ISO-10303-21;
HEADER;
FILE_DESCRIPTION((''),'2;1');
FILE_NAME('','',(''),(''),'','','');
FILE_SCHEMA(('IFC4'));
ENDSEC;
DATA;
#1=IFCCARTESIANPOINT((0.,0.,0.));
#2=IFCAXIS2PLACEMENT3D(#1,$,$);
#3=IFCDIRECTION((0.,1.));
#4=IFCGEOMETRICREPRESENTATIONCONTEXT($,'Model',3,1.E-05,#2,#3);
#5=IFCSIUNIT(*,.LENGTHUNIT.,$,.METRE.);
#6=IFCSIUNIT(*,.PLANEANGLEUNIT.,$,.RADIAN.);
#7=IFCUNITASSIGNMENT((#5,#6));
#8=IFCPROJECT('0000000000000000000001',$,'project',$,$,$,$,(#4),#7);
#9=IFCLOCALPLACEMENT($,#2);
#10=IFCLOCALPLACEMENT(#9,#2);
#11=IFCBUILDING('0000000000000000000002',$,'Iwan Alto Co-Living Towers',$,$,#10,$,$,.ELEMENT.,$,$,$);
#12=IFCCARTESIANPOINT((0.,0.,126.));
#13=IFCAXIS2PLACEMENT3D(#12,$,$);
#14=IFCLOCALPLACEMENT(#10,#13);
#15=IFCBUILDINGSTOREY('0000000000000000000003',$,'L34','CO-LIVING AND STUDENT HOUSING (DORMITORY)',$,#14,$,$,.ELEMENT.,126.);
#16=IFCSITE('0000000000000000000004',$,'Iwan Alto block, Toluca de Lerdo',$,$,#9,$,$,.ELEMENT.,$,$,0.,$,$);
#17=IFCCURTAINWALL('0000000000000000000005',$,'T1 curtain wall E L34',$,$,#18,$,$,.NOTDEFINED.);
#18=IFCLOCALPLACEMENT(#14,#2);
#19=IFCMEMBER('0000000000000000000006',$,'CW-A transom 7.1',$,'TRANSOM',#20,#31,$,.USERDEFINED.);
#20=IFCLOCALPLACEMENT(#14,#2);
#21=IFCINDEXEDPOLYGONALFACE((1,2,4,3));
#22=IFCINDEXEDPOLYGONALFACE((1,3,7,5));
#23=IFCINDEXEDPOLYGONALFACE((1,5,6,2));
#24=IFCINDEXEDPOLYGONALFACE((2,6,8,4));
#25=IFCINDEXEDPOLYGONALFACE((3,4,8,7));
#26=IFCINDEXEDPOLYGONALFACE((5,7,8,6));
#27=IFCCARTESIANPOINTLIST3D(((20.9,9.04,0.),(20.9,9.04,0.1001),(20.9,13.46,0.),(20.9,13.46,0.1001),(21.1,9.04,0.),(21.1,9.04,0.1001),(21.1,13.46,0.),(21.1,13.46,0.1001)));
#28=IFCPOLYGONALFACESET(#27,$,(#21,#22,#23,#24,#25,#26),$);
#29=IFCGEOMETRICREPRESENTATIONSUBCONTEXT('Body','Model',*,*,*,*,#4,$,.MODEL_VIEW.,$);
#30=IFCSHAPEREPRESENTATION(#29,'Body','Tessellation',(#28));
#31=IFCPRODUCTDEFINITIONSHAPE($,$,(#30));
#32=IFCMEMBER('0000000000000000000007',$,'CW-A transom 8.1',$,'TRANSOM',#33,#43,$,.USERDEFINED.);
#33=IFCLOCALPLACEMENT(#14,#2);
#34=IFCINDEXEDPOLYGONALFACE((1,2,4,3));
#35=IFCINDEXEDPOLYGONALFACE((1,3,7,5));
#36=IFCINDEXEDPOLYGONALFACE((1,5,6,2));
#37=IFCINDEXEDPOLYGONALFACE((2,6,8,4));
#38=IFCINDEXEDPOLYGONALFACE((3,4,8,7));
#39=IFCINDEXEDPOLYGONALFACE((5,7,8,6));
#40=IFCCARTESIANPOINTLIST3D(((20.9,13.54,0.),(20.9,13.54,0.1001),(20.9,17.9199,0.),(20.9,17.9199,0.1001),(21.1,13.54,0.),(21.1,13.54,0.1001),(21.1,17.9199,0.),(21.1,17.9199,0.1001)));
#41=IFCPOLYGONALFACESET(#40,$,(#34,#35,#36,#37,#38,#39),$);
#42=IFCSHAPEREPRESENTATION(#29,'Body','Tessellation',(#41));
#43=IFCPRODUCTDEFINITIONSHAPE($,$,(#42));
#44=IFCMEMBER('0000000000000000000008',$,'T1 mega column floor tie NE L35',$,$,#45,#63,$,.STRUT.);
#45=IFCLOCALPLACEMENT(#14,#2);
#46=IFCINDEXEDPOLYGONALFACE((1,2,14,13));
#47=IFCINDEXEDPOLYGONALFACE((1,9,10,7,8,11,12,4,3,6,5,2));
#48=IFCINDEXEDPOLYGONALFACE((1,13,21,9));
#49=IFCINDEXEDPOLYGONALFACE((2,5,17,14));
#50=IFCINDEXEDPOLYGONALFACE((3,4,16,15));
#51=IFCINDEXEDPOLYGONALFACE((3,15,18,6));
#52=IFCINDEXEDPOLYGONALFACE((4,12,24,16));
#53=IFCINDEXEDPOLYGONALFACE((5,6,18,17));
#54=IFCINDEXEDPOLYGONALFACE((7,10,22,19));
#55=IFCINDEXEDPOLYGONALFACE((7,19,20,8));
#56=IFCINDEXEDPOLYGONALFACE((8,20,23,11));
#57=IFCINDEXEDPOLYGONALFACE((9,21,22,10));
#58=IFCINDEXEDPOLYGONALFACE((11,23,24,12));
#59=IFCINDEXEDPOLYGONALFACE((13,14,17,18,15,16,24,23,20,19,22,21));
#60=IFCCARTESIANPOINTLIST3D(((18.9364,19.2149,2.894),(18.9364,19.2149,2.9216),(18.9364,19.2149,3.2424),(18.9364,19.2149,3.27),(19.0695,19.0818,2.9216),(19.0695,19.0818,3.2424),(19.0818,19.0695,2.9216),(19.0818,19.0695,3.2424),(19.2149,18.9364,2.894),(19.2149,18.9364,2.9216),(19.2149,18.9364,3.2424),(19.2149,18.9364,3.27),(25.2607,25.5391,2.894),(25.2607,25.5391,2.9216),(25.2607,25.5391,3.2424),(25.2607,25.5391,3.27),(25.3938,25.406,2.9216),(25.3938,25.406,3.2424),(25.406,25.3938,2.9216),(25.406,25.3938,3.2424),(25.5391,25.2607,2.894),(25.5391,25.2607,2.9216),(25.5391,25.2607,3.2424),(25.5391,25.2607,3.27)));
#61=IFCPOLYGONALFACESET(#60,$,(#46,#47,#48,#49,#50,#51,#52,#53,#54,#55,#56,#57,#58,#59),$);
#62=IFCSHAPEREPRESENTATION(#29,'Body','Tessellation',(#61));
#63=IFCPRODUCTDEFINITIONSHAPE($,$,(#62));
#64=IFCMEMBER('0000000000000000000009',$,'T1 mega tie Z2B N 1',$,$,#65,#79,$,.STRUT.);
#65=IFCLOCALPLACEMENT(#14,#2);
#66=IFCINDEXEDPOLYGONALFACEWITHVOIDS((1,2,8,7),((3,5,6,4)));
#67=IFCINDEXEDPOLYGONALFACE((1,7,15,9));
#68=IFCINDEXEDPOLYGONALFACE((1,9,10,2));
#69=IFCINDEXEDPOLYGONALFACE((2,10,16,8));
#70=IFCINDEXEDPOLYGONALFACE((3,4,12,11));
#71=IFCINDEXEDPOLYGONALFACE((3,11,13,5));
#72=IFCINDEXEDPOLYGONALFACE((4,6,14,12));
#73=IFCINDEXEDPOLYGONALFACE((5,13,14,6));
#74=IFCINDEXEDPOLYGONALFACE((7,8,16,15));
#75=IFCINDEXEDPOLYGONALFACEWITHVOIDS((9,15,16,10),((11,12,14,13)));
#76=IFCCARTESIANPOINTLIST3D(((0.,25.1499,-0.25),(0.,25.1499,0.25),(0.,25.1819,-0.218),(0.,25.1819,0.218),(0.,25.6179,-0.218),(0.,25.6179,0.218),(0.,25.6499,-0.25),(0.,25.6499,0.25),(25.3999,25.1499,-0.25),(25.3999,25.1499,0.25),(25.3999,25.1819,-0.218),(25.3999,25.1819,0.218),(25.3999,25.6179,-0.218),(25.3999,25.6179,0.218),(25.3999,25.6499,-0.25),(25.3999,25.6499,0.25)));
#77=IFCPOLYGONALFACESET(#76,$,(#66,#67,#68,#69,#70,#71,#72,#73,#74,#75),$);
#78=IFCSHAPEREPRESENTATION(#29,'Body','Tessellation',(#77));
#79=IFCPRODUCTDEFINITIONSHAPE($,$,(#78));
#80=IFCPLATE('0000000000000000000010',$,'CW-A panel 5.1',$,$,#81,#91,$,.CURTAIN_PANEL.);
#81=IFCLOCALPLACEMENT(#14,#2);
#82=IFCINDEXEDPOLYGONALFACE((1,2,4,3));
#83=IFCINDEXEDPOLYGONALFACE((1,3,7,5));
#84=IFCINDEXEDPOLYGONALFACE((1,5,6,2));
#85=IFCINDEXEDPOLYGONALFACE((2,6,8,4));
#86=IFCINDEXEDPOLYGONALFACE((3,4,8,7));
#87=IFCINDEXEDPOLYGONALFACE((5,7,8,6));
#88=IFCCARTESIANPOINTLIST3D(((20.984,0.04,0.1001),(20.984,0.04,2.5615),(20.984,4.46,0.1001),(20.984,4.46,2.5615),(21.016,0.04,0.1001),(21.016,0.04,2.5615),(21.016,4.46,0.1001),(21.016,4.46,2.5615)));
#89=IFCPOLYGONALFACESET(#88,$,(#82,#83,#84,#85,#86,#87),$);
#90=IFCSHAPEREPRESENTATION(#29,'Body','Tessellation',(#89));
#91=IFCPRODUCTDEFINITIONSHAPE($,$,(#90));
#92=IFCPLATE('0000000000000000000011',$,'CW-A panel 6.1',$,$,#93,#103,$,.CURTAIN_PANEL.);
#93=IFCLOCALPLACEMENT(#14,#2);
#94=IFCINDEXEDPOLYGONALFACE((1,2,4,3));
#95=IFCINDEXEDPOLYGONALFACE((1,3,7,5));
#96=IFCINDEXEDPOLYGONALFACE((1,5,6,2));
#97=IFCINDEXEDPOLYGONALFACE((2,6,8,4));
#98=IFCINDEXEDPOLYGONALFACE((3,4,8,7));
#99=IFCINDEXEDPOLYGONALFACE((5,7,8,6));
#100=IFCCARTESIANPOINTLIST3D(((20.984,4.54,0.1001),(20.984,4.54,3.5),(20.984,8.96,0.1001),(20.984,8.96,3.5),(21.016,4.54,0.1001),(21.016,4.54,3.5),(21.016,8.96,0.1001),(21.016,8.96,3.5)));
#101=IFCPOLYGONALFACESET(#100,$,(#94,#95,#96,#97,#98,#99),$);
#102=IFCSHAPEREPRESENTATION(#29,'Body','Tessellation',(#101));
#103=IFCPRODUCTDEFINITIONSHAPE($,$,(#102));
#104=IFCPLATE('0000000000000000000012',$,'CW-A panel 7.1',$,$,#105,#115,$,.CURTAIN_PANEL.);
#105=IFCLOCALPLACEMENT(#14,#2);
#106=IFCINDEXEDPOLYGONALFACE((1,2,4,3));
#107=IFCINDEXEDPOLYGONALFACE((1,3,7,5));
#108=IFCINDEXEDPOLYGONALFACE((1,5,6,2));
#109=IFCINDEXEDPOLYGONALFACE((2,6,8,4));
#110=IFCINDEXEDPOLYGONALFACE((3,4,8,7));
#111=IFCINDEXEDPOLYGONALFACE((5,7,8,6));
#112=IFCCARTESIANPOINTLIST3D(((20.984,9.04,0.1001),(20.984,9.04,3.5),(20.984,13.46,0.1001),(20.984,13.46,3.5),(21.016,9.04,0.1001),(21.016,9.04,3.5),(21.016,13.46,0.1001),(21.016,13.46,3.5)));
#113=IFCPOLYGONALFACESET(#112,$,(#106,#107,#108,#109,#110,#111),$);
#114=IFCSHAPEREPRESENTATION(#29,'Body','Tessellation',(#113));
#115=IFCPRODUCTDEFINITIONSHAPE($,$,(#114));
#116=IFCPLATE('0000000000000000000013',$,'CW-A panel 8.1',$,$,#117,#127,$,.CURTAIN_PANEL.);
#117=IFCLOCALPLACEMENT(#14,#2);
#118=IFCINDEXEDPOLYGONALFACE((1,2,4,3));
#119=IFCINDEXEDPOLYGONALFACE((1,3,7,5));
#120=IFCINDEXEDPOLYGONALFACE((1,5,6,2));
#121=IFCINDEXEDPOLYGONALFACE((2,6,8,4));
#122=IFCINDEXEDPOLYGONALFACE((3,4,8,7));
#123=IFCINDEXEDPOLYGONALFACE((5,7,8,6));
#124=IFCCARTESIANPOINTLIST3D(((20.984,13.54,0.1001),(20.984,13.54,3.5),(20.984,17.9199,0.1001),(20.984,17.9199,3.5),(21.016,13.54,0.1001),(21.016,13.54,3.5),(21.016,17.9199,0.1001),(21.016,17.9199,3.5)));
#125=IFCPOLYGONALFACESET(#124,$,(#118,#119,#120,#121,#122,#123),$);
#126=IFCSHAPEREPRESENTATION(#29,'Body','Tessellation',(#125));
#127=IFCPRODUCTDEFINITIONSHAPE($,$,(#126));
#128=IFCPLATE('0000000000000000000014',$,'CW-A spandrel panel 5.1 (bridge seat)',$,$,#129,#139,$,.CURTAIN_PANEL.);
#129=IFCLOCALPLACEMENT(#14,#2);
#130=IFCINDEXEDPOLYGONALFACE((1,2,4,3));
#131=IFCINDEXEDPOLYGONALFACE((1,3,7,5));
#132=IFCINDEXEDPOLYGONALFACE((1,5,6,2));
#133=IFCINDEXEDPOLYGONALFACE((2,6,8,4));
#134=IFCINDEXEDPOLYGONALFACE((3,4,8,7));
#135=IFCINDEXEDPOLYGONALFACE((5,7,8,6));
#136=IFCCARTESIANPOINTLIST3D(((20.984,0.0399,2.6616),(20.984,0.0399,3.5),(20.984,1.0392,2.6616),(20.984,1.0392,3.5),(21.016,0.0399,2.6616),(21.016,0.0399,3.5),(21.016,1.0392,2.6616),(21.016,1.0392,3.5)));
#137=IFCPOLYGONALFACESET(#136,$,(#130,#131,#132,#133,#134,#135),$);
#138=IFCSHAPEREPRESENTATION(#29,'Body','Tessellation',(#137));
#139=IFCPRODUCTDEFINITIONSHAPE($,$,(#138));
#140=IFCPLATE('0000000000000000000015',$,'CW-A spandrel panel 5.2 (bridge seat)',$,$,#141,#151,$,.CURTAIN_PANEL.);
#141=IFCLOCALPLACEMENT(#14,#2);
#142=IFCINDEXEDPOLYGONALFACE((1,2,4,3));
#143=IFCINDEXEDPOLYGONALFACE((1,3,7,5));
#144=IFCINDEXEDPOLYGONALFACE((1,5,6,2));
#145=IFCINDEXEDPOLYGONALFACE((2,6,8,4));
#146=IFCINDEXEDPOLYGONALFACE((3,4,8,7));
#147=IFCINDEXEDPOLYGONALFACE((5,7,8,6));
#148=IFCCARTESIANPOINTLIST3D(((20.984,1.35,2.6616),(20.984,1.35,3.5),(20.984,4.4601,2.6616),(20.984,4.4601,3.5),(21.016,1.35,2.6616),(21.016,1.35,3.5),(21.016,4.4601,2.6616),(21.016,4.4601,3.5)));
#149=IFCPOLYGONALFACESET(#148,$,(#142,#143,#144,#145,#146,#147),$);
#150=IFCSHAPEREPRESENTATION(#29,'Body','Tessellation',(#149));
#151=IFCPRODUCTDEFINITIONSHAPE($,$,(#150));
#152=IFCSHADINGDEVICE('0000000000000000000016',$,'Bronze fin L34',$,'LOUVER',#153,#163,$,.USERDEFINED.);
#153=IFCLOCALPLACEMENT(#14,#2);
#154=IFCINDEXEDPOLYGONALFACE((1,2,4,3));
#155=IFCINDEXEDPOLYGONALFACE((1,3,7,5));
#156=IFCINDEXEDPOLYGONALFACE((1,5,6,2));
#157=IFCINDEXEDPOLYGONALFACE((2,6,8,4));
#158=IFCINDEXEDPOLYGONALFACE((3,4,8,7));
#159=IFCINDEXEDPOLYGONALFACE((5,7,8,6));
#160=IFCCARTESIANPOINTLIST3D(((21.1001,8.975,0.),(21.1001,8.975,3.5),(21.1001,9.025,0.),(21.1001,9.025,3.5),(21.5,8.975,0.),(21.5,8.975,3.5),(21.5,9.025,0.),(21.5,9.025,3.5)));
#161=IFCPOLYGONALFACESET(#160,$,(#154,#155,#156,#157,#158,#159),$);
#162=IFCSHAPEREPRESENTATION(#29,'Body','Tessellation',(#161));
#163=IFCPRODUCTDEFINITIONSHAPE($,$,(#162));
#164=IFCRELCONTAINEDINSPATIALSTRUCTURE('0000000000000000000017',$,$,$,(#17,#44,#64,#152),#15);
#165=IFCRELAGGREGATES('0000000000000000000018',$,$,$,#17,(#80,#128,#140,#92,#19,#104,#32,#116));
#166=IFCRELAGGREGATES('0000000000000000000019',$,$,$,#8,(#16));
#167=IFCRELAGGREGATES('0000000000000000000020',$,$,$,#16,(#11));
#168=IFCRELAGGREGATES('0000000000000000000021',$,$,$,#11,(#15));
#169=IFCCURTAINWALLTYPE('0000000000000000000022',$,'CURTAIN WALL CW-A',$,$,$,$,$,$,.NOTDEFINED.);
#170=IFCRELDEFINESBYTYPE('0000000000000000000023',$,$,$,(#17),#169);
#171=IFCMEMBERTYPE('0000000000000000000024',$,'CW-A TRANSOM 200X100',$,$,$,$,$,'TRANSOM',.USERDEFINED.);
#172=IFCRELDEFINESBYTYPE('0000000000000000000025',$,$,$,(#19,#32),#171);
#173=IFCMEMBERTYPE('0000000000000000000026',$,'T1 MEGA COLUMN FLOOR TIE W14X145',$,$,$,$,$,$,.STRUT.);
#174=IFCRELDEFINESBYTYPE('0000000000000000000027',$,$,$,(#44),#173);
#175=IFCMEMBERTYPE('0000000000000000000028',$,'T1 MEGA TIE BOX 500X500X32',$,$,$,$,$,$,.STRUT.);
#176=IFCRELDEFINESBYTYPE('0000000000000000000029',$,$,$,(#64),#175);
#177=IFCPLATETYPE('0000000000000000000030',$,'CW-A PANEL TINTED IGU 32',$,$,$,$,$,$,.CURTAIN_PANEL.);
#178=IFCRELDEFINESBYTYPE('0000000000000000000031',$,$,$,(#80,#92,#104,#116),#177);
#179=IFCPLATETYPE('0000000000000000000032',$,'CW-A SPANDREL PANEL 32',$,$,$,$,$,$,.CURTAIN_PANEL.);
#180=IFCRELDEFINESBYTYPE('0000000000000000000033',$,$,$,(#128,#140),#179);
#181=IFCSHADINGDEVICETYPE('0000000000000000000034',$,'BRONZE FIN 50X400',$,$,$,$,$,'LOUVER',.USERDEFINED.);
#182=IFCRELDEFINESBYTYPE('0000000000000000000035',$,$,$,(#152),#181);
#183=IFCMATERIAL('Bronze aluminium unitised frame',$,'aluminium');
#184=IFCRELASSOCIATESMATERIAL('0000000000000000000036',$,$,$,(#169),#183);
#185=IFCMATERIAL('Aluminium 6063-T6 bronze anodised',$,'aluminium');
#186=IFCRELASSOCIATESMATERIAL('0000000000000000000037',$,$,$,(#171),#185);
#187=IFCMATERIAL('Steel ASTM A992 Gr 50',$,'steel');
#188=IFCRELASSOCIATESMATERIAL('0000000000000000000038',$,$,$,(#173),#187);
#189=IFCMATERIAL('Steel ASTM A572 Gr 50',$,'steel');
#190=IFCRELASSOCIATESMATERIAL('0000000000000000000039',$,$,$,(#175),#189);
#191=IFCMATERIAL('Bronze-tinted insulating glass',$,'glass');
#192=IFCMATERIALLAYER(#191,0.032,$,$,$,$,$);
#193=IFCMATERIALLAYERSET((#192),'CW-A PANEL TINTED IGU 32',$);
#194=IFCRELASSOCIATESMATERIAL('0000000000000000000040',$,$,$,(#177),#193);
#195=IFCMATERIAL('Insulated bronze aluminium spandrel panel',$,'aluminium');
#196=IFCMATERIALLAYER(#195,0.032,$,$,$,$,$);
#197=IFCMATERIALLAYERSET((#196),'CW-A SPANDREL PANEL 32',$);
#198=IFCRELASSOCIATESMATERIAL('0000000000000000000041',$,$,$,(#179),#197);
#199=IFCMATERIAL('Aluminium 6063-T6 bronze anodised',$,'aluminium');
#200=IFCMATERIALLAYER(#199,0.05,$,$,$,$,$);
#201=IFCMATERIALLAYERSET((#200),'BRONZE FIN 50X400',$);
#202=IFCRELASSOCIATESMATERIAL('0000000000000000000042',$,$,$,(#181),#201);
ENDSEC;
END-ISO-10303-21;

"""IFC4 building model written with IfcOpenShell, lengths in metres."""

from ifc_helpers import new_model, si_unit, direction, frame, origin, origin_2d, place, context, subcontext, project, spatial, rectangle, hollow_rectangle, i_section, extrude, material, layer, layer_set, material_profile, profile_set, type_object, element, aggregate, save


model = new_model("IFC4")

# Units and contexts
model_context = context("Model", 3, precision=1e-05, world=origin(), true_north=direction((0.0, 1.0)))
body_context = subcontext(model_context, "Body", "Model", "MODEL_VIEW")
ifc_project = project(units=[si_unit("LENGTHUNIT", "METRE"), si_unit("PLANEANGLEUNIT", "RADIAN")], contexts=[model_context])

# Site, building, storey
site_placement = place(None, origin())
site = spatial("IfcSite", under=ifc_project, at=site_placement, Name="Iwan Alto block, Toluca de Lerdo", CompositionType="ELEMENT", RefElevation=0.0)
building_placement = place(site_placement, origin())
building = spatial("IfcBuilding", under=site, at=building_placement, Name="Iwan Alto Co-Living Towers", CompositionType="ELEMENT")
storey_placement = place(building_placement, frame((0.0, 0.0, 126.0)))
storey = spatial("IfcBuildingStorey", under=building, at=storey_placement, Name="L34", Description="CO-LIVING AND STUDENT HOUSING (DORMITORY)", CompositionType="ELEMENT", Elevation=126.0)

# Curtain wall, members
ifc_material_1 = material(Name="Bronze aluminium unitised frame", Category="aluminium")
curtain_wall_type = type_object("IfcCurtainWallType", Name="CURTAIN WALL CW-A", PredefinedType="NOTDEFINED", material=ifc_material_1)
curtain_wall_placement = place(storey_placement, origin())
curtain_wall = element("IfcCurtainWall", 1, at=curtain_wall_placement, inside=storey, type_object=curtain_wall_type, Name="T1 curtain wall E L34", PredefinedType="NOTDEFINED")
ifc_material_2 = material(Name="Aluminium 6063-T6 bronze anodised", Category="aluminium")
ifc_material_profile_1 = material_profile(ifc_material_2, rectangle(XDim=0.2, YDim=0.1001, at=origin_2d()), Name="AL 200X100")
ifc_profile_set_1 = profile_set([ifc_material_profile_1], Name="Aluminium 6063-T6 bronze anodised")
member_type_1 = type_object("IfcMemberType", Name="CW-A TRANSOM 200X100", ElementType="TRANSOM", PredefinedType="USERDEFINED", material=ifc_profile_set_1)
member_1_placement = place(storey_placement, frame((21.0, 9.04, 0.05), z_axis=(0.0, 1.0, 0.0), x_axis=(-1.0, 0.0, 0.0)))
member_1 = element("IfcMember", 2, at=member_1_placement, type_object=member_type_1, Name="CW-A transom 7.1", ObjectType="TRANSOM", PredefinedType="USERDEFINED", context=body_context, shape_type="SweptSolid", body=[
    extrude(rectangle(XDim=0.2, YDim=0.1001, at=origin_2d()), origin(), (0.0, 0.0, 1.0), 4.4199),
])
member_2_placement = place(storey_placement, frame((21.0, 13.54, 0.05), z_axis=(0.0, 1.0, 0.0), x_axis=(-1.0, 0.0, 0.0)))
member_2 = element("IfcMember", 3, at=member_2_placement, type_object=member_type_1, Name="CW-A transom 8.1", ObjectType="TRANSOM", PredefinedType="USERDEFINED", context=body_context, shape_type="SweptSolid", body=[
    extrude(rectangle(XDim=0.2, YDim=0.1001, at=origin_2d()), origin(), (0.0, 0.0, 1.0), 4.3799),
])

# Members
ifc_material_3 = material(Name="Steel ASTM A992 Gr 50", Category="steel")
ifc_material_profile_2 = material_profile(ifc_material_3, i_section(OverallWidth=0.3938, OverallDepth=0.376, WebThickness=0.0173, FlangeThickness=0.0276, at=origin_2d()), Name="W14X145")
ifc_profile_set_2 = profile_set([ifc_material_profile_2], Name="Steel ASTM A992 Gr 50")
member_type_2 = type_object("IfcMemberType", Name="T1 MEGA COLUMN FLOOR TIE W14X145", PredefinedType="STRUT", material=ifc_profile_set_2)
member_3_placement = place(storey_placement, frame((25.3999, 25.3999, 3.082), z_axis=(-0.707107, -0.707107, 0.0), x_axis=(0.707107, -0.707107, 0.0)))
element("IfcMember", 4, at=member_3_placement, inside=storey, type_object=member_type_2, Name="T1 mega column floor tie NE L35", PredefinedType="STRUT", context=body_context, shape_type="SweptSolid", body=[
    extrude(i_section(OverallWidth=0.3938, OverallDepth=0.376, WebThickness=0.0173, FlangeThickness=0.0276, at=origin_2d()), origin(), (0.0, 0.0, 1.0), 8.9438),
])
ifc_material_4 = material(Name="Steel ASTM A572 Gr 50", Category="steel")
ifc_material_profile_3 = material_profile(ifc_material_4, hollow_rectangle(XDim=0.5, YDim=0.5, WallThickness=0.032, at=origin_2d()), Name="BOX 500X500X32")
ifc_profile_set_3 = profile_set([ifc_material_profile_3], Name="Steel ASTM A572 Gr 50")
member_type_3 = type_object("IfcMemberType", Name="T1 MEGA TIE BOX 500X500X32", PredefinedType="STRUT", material=ifc_profile_set_3)
member_4_placement = place(storey_placement, frame((25.3999, 25.3999, 0.0), z_axis=(-1.0, 0.0, 0.0), x_axis=(0.0, -1.0, 0.0)))
element("IfcMember", 5, at=member_4_placement, inside=storey, type_object=member_type_3, Name="T1 mega tie Z2B N 1", PredefinedType="STRUT", context=body_context, shape_type="SweptSolid", body=[
    extrude(hollow_rectangle(XDim=0.5, YDim=0.5, WallThickness=0.032, at=origin_2d()), origin(), (0.0, 0.0, 1.0), 25.3999),
])

# Plates
ifc_material_5 = material(Name="Bronze-tinted insulating glass", Category="glass")
ifc_layer_1 = layer(ifc_material_5, 0.032)
ifc_layer_set_1 = layer_set([ifc_layer_1], Name="CW-A PANEL TINTED IGU 32")
plate_type_1 = type_object("IfcPlateType", Name="CW-A PANEL TINTED IGU 32", PredefinedType="CURTAIN_PANEL", material=ifc_layer_set_1)
plate_1_placement = place(storey_placement, frame((21.0, 2.25, 0.1001), z_axis=(0.0, 0.0, 1.0), x_axis=(0.0, 1.0, 0.0)))
plate_1 = element("IfcPlate", 6, at=plate_1_placement, type_object=plate_type_1, Name="CW-A panel 5.1", PredefinedType="CURTAIN_PANEL", context=body_context, shape_type="SweptSolid", body=[
    extrude(rectangle(XDim=4.4199, YDim=0.032, at=origin_2d()), origin(), (0.0, 0.0, 1.0), 2.4614),
])
plate_2_placement = place(storey_placement, frame((21.0, 6.75, 0.1001), z_axis=(0.0, 0.0, 1.0), x_axis=(0.0, 1.0, 0.0)))
plate_2 = element("IfcPlate", 7, at=plate_2_placement, type_object=plate_type_1, Name="CW-A panel 6.1", PredefinedType="CURTAIN_PANEL", context=body_context, shape_type="SweptSolid", body=[
    extrude(rectangle(XDim=4.4199, YDim=0.032, at=origin_2d()), origin(), (0.0, 0.0, 1.0), 3.3999),
])
plate_3_placement = place(storey_placement, frame((21.0, 11.25, 0.1001), z_axis=(0.0, 0.0, 1.0), x_axis=(0.0, 1.0, 0.0)))
plate_3 = element("IfcPlate", 8, at=plate_3_placement, type_object=plate_type_1, Name="CW-A panel 7.1", PredefinedType="CURTAIN_PANEL", context=body_context, shape_type="SweptSolid", body=[
    extrude(rectangle(XDim=4.4199, YDim=0.032, at=origin_2d()), origin(), (0.0, 0.0, 1.0), 3.3999),
])
plate_4_placement = place(storey_placement, frame((21.0, 15.73, 0.1001), z_axis=(0.0, 0.0, 1.0), x_axis=(0.0, 1.0, 0.0)))
plate_4 = element("IfcPlate", 9, at=plate_4_placement, type_object=plate_type_1, Name="CW-A panel 8.1", PredefinedType="CURTAIN_PANEL", context=body_context, shape_type="SweptSolid", body=[
    extrude(rectangle(XDim=4.3799, YDim=0.032, at=origin_2d()), origin(), (0.0, 0.0, 1.0), 3.3999),
])
ifc_material_6 = material(Name="Insulated bronze aluminium spandrel panel", Category="aluminium")
ifc_layer_2 = layer(ifc_material_6, 0.032)
ifc_layer_set_2 = layer_set([ifc_layer_2], Name="CW-A SPANDREL PANEL 32")
plate_type_2 = type_object("IfcPlateType", Name="CW-A SPANDREL PANEL 32", PredefinedType="CURTAIN_PANEL", material=ifc_layer_set_2)
plate_5_placement = place(storey_placement, frame((21.0, 0.5396, 2.6616), z_axis=(0.0, 0.0, 1.0), x_axis=(0.0, 1.0, 0.0)))
plate_5 = element("IfcPlate", 10, at=plate_5_placement, type_object=plate_type_2, Name="CW-A spandrel panel 5.1 (bridge seat)", PredefinedType="CURTAIN_PANEL", context=body_context, shape_type="SweptSolid", body=[
    extrude(rectangle(XDim=0.9993, YDim=0.032, at=origin_2d()), origin(), (0.0, 0.0, 1.0), 0.8384),
])
plate_6_placement = place(storey_placement, frame((21.0, 2.905, 2.6616), z_axis=(0.0, 0.0, 1.0), x_axis=(0.0, 1.0, 0.0)))
plate_6 = element("IfcPlate", 11, at=plate_6_placement, type_object=plate_type_2, Name="CW-A spandrel panel 5.2 (bridge seat)", PredefinedType="CURTAIN_PANEL", context=body_context, shape_type="SweptSolid", body=[
    extrude(rectangle(XDim=3.1101, YDim=0.032, at=origin_2d()), origin(), (0.0, 0.0, 1.0), 0.8384),
])
aggregate(curtain_wall, [plate_1, plate_5, plate_6, plate_2, member_1, plate_3, member_2, plate_4])

# Shading device
ifc_material_7 = material(Name="Aluminium 6063-T6 bronze anodised", Category="aluminium")
ifc_layer_3 = layer(ifc_material_7, 0.05)
ifc_layer_set_3 = layer_set([ifc_layer_3], Name="BRONZE FIN 50X400")
shading_device_type = type_object("IfcShadingDeviceType", Name="BRONZE FIN 50X400", ElementType="LOUVER", PredefinedType="USERDEFINED", material=ifc_layer_set_3)
shading_device_placement = place(storey_placement, frame((21.3, 9.0, 0.0), z_axis=(0.0, 0.0, 1.0), x_axis=(0.0, 1.0, 0.0)))
element("IfcShadingDevice", 12, at=shading_device_placement, inside=storey, type_object=shading_device_type, Name="Bronze fin L34", ObjectType="LOUVER", PredefinedType="USERDEFINED", context=body_context, shape_type="SweptSolid", body=[
    extrude(rectangle(XDim=0.05, YDim=0.3999, at=origin_2d()), origin(), (0.0, 0.0, 1.0), 3.5),
])

save(model, "model.ifc")
